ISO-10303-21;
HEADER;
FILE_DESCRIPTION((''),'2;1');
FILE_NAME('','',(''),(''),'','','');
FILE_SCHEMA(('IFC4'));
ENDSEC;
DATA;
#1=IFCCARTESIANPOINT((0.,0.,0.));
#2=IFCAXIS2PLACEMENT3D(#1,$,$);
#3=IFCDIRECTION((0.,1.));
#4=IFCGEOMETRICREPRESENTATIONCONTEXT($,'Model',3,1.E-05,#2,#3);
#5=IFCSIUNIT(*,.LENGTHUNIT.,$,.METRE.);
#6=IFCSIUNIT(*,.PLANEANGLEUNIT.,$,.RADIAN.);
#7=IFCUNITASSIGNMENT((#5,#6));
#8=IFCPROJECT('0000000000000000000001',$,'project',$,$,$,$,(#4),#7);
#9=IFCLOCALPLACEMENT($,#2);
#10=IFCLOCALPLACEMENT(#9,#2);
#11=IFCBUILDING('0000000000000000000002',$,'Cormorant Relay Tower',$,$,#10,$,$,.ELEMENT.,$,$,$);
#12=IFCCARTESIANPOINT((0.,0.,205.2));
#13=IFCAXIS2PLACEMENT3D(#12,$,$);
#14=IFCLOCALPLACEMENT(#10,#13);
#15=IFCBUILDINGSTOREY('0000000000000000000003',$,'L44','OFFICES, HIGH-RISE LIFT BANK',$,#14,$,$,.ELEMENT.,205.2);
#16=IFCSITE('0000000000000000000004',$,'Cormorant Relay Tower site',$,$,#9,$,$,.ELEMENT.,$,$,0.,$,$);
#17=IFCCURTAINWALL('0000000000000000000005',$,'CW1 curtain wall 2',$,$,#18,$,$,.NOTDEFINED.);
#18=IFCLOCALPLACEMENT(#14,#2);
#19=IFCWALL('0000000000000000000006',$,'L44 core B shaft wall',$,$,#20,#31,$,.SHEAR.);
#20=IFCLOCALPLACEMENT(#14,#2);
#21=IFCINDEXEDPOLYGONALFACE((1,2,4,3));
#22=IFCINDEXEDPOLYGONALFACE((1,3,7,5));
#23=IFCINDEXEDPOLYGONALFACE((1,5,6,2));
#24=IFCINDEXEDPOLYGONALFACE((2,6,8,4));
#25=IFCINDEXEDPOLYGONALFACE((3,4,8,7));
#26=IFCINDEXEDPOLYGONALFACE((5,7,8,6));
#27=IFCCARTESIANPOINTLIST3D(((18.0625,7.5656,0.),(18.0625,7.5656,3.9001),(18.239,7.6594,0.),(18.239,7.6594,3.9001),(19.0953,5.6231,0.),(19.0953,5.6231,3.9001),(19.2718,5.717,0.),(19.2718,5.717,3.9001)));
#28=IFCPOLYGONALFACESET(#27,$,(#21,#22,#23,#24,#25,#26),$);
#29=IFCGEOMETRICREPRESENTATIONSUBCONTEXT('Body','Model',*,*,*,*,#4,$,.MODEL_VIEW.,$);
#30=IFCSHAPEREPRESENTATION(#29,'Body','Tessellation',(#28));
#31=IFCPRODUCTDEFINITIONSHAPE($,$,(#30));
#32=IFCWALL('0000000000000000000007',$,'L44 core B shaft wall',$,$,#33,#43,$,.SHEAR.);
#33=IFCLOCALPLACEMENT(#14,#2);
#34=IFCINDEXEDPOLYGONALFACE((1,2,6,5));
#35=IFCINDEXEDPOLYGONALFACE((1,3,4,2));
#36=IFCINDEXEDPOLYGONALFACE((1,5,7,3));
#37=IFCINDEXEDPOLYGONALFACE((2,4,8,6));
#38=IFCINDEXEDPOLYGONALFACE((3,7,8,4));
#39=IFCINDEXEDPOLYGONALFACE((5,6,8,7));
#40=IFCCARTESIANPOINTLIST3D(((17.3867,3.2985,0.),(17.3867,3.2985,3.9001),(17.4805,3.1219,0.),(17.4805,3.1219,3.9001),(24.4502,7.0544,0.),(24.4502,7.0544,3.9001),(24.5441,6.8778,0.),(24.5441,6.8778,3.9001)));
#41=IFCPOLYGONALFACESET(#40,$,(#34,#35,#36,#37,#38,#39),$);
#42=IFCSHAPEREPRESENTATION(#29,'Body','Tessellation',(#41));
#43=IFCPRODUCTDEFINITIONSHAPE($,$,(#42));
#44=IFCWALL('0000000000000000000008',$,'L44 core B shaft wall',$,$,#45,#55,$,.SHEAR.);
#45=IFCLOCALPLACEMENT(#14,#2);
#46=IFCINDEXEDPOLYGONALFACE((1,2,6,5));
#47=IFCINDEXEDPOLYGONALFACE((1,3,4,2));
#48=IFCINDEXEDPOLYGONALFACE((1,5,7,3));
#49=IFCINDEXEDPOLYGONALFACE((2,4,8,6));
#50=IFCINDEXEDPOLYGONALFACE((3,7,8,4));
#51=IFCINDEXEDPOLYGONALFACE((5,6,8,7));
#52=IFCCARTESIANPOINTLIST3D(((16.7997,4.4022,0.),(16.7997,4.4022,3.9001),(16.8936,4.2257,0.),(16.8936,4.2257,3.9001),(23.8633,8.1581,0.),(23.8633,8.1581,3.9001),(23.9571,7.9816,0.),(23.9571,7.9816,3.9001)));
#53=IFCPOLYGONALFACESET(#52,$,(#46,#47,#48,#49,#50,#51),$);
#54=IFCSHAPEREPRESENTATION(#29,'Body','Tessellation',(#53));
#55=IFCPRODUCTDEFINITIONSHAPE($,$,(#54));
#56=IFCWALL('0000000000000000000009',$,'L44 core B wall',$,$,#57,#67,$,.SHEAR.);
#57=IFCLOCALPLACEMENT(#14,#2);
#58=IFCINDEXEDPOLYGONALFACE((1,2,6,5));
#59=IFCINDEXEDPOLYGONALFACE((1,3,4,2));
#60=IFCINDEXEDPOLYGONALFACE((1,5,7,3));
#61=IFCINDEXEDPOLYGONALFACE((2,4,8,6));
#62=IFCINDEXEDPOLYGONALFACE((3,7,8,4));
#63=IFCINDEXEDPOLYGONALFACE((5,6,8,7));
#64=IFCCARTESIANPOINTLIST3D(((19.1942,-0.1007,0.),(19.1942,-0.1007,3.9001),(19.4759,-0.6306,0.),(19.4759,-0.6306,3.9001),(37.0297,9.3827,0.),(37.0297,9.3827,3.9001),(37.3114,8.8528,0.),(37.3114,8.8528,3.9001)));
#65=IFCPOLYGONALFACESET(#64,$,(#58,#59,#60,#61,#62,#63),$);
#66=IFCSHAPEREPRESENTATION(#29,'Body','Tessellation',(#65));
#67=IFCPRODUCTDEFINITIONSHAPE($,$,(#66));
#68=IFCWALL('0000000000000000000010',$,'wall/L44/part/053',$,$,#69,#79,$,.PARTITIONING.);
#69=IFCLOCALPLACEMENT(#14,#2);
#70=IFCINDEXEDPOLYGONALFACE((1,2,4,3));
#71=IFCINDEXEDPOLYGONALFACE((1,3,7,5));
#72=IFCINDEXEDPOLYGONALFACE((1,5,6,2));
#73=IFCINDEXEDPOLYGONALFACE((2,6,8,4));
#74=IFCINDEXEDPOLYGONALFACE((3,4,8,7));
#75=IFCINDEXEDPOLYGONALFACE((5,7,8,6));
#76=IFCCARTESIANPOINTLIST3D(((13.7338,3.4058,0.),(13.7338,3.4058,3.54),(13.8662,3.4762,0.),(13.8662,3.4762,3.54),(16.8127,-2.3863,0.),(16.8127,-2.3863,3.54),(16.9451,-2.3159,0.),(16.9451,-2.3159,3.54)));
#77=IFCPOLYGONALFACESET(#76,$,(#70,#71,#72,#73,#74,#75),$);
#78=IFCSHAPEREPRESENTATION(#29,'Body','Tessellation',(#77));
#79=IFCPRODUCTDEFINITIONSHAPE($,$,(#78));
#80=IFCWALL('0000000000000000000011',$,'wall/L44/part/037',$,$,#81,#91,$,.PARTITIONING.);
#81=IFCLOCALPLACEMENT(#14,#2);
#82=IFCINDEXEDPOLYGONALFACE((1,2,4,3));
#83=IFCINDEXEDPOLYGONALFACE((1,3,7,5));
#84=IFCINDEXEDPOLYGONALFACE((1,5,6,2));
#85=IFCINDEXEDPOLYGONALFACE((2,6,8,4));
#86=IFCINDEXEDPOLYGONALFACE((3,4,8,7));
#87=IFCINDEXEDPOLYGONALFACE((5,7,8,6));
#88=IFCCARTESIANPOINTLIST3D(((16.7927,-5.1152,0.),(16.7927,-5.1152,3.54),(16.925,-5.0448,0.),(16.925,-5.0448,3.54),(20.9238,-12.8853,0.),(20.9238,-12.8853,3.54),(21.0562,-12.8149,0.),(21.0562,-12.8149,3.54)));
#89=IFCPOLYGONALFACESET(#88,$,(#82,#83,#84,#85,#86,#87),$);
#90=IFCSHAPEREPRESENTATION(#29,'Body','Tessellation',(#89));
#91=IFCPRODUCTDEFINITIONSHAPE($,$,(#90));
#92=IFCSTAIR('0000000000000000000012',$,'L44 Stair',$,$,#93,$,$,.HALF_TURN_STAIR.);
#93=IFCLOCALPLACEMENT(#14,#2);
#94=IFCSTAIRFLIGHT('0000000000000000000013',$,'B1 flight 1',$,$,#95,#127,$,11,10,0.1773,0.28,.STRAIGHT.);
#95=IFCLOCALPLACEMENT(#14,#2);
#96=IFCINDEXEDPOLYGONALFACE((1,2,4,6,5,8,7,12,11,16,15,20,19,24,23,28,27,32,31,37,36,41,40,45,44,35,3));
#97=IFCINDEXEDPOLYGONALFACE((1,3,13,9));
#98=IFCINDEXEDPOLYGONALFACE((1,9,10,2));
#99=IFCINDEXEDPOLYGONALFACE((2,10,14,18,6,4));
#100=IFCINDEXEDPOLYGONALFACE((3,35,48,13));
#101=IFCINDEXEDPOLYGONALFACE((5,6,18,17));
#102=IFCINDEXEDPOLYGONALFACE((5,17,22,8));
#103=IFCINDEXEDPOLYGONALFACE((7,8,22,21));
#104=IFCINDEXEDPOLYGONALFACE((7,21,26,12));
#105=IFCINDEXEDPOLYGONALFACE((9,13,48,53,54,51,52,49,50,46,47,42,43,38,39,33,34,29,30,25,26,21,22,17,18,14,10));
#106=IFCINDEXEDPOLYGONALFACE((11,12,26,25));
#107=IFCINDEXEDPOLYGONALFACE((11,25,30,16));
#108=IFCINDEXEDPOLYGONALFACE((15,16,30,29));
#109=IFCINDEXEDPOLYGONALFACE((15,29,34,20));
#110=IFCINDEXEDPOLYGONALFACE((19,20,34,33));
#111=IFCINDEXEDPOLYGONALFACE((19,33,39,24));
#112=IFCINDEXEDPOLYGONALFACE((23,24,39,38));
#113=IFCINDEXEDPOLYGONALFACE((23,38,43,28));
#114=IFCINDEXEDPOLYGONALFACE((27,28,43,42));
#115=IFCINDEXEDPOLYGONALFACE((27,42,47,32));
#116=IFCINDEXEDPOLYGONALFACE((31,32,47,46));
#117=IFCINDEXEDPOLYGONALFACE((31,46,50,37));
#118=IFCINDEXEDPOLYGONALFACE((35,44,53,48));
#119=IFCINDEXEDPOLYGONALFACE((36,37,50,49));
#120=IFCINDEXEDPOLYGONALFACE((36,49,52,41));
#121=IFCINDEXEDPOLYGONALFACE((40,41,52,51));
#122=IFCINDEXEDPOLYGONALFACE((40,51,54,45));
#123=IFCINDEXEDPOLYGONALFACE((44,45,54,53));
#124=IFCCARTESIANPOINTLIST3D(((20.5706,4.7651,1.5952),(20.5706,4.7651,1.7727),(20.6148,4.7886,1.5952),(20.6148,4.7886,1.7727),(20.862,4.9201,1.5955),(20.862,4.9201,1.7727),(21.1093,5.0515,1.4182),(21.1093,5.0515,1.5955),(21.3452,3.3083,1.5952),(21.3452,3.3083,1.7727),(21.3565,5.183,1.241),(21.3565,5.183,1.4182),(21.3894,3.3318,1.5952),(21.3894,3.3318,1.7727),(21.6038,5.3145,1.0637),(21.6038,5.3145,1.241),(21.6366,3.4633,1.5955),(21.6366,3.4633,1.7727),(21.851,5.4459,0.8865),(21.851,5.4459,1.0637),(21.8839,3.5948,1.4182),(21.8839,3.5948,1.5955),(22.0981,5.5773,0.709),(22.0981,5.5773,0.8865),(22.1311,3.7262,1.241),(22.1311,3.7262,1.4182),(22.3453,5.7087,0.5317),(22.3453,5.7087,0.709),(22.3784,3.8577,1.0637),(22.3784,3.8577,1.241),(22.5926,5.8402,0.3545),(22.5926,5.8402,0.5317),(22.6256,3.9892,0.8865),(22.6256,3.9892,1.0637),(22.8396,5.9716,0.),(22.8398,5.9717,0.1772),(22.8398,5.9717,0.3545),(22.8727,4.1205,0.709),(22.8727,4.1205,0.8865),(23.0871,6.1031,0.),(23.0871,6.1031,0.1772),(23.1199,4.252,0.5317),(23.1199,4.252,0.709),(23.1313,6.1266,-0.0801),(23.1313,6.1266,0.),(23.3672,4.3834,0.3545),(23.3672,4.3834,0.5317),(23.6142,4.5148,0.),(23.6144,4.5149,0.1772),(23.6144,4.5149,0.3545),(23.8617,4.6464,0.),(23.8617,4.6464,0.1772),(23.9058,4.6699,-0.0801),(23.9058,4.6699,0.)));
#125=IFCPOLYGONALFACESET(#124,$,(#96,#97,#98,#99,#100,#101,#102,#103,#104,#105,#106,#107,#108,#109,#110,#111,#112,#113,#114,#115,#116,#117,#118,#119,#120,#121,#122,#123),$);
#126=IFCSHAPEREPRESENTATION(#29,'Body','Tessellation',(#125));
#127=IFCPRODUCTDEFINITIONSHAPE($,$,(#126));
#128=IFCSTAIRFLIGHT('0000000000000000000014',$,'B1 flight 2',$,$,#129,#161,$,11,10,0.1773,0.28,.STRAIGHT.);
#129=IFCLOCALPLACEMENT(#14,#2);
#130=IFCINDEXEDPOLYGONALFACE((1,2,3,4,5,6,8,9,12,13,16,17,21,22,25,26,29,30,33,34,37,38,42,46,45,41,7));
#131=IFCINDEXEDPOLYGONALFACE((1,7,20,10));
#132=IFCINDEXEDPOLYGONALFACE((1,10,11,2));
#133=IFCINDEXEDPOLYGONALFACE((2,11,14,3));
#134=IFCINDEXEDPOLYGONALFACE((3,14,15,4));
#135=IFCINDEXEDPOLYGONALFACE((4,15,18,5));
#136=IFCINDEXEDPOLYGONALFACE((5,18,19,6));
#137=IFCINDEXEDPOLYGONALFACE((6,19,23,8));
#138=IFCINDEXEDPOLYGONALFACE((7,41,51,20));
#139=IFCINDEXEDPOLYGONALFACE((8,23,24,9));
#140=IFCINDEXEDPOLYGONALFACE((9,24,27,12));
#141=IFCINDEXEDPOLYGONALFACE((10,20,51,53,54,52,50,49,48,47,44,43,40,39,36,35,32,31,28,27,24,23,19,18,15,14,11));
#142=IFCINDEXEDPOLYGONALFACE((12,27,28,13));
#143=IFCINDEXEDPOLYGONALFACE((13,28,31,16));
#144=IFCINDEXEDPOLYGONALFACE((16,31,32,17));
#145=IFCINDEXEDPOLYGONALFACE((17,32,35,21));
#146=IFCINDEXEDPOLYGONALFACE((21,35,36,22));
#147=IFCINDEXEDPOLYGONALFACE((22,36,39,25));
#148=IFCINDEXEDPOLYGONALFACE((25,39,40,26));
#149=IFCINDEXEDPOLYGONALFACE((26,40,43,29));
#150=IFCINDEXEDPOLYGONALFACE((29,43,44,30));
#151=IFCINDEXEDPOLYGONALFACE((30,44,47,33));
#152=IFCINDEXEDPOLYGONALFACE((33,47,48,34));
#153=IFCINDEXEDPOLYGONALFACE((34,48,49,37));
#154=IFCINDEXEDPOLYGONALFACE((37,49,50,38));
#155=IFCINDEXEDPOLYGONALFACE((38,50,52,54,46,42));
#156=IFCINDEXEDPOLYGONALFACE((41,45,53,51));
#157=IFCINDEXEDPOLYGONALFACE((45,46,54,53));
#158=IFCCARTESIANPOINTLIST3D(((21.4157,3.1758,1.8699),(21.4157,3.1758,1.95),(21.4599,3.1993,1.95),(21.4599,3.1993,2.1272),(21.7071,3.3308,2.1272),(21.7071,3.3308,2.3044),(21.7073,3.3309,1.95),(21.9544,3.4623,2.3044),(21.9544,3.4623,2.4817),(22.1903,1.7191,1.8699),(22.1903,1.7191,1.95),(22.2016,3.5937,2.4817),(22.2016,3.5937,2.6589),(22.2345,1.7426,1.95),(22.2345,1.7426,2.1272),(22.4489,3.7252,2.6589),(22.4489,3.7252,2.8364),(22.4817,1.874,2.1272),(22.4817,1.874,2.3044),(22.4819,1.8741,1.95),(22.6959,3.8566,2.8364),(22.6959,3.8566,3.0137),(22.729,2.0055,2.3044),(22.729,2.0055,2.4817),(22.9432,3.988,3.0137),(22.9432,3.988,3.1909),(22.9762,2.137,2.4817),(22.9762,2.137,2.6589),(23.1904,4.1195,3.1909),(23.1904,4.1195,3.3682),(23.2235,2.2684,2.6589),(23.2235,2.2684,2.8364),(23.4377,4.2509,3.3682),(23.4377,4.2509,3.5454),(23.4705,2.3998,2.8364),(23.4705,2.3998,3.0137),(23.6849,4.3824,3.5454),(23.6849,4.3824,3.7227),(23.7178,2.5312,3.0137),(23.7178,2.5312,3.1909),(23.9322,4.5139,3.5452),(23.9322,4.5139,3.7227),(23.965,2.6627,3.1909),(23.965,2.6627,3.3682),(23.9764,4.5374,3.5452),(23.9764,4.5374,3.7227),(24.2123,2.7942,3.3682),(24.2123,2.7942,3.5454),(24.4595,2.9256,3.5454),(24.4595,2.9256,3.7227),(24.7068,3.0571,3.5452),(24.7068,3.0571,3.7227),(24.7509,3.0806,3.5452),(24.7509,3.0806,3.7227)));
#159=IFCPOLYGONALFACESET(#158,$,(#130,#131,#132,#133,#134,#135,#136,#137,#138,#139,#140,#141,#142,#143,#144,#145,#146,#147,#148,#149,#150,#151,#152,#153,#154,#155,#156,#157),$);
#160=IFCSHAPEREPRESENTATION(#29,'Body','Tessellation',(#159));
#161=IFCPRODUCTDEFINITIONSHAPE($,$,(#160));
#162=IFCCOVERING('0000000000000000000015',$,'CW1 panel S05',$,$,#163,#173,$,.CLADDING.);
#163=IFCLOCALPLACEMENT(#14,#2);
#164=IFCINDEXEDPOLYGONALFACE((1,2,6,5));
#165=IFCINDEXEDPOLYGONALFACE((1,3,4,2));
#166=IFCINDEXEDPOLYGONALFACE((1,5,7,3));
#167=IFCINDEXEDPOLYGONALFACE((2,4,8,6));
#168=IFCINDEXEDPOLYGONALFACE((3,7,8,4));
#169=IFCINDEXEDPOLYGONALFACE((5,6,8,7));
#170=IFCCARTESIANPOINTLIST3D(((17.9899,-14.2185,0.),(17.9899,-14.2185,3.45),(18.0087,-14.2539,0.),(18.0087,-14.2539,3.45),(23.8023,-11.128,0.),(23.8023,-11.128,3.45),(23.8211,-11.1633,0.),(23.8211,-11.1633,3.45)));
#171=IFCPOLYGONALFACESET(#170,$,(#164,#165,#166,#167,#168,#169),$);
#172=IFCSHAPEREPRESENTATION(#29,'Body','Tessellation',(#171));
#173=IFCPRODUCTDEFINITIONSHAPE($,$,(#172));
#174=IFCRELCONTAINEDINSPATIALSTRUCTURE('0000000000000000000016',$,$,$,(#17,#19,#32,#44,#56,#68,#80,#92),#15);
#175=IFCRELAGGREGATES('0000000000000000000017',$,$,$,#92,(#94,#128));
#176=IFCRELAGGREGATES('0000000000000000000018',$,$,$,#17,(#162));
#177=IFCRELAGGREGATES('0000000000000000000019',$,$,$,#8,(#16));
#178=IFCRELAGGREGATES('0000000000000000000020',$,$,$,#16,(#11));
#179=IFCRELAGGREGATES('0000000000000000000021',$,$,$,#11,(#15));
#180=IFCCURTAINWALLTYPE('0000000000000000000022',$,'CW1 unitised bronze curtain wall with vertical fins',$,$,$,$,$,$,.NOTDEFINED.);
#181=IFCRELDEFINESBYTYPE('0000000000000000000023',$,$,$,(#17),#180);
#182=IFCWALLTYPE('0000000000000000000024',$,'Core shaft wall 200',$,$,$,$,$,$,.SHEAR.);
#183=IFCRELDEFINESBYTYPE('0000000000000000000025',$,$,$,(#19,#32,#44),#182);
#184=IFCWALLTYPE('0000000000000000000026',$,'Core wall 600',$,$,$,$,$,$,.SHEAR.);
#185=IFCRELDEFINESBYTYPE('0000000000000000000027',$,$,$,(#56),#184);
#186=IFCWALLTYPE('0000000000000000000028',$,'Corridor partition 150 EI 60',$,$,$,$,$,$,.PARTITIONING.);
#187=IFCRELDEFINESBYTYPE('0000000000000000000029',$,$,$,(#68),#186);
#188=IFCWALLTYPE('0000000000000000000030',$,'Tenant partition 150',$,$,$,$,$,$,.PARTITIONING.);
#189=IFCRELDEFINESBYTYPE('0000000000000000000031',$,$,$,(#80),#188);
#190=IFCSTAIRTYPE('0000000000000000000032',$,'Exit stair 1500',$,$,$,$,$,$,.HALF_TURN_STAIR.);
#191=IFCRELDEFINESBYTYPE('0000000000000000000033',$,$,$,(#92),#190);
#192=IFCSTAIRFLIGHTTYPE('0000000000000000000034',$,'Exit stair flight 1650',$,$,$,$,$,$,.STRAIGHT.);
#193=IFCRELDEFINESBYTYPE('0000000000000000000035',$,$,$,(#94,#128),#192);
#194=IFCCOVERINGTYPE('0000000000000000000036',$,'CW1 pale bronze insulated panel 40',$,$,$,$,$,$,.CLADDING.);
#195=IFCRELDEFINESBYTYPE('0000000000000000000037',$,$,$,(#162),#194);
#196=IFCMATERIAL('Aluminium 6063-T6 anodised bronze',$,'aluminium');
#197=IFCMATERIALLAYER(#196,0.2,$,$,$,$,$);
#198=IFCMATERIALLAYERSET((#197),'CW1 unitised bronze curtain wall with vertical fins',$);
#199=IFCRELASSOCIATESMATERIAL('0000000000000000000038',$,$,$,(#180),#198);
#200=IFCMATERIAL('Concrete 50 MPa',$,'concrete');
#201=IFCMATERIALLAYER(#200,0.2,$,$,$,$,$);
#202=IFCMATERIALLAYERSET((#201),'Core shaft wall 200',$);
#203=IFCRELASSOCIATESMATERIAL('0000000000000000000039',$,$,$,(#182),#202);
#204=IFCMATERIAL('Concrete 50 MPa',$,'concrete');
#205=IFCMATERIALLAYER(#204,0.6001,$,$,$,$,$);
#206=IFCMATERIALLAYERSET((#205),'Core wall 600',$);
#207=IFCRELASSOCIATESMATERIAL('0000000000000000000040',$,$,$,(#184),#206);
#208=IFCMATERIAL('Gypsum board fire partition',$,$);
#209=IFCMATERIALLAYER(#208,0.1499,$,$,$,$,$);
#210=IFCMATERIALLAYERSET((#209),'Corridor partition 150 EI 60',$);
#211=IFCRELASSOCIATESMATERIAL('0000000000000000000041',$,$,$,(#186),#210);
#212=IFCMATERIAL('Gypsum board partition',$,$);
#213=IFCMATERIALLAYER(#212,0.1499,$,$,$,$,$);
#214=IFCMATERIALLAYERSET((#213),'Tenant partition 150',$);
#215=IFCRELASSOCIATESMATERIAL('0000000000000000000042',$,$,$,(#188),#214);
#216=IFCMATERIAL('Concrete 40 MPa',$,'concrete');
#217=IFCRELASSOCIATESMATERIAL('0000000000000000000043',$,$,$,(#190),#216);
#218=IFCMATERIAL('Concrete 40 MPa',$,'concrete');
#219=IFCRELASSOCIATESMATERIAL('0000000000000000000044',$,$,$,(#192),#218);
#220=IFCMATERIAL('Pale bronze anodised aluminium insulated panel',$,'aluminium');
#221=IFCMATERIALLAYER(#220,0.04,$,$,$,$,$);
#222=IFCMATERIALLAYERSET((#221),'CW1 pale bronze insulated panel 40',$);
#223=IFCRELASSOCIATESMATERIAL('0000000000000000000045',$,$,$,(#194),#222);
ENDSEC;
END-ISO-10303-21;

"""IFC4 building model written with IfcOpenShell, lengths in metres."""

from ifc_helpers import new_model, si_unit, direction, frame, frame_2d, origin, origin_2d, place, context, subcontext, project, spatial, polyline, rectangle, outline, extrude, material, layer, layer_set, type_object, element, aggregate, save


model = new_model("IFC4")

# Units and contexts
model_context = context("Model", 3, precision=1e-05, world=origin(), true_north=direction((0.0, 1.0)))
body_context = subcontext(model_context, "Body", "Model", "MODEL_VIEW")
ifc_project = project(units=[si_unit("LENGTHUNIT", "METRE"), si_unit("PLANEANGLEUNIT", "RADIAN")], contexts=[model_context])

# Site, building, storey
site_placement = place(None, origin())
site = spatial("IfcSite", under=ifc_project, at=site_placement, Name="Cormorant Relay Tower site", CompositionType="ELEMENT", RefElevation=0.0)
building_placement = place(site_placement, origin())
building = spatial("IfcBuilding", under=site, at=building_placement, Name="Cormorant Relay Tower", CompositionType="ELEMENT")
storey_placement = place(building_placement, frame((0.0, 0.0, 205.2)))
storey = spatial("IfcBuildingStorey", under=building, at=storey_placement, Name="L44", Description="OFFICES, HIGH-RISE LIFT BANK", CompositionType="ELEMENT", Elevation=205.2)

# Curtain wall
ifc_material_1 = material(Name="Aluminium 6063-T6 anodised bronze", Category="aluminium")
ifc_layer_1 = layer(ifc_material_1, 0.2)
ifc_layer_set_1 = layer_set([ifc_layer_1], Name="CW1 unitised bronze curtain wall with vertical fins")
curtain_wall_type = type_object("IfcCurtainWallType", Name="CW1 unitised bronze curtain wall with vertical fins", PredefinedType="NOTDEFINED", material=ifc_layer_set_1)
curtain_wall_placement = place(storey_placement, origin())
curtain_wall = element("IfcCurtainWall", 1, at=curtain_wall_placement, inside=storey, type_object=curtain_wall_type, Name="CW1 curtain wall 2", PredefinedType="NOTDEFINED")

# Walls
ifc_material_2 = material(Name="Concrete 50 MPa", Category="concrete")
ifc_layer_2 = layer(ifc_material_2, 0.2)
ifc_layer_set_2 = layer_set([ifc_layer_2], Name="Core shaft wall 200")
wall_type_1 = type_object("IfcWallType", Name="Core shaft wall 200", PredefinedType="SHEAR", material=ifc_layer_set_2)
wall_1_placement = place(storey_placement, frame((19.1836, 5.6699, 0.0), z_axis=(0.0, 0.0, 1.0), x_axis=(-0.469447, 0.88296, 0.0)))
element("IfcWall", 2, at=wall_1_placement, inside=storey, type_object=wall_type_1, Name="L44 core B shaft wall", PredefinedType="SHEAR", context=body_context, shape_type="SweptSolid", body=[
    extrude(rectangle(XDim=2.2, YDim=0.2, at=frame_2d((1.1001, 0.0))), origin(), (0.0, 0.0, 1.0), 3.9001),
])
for number, where, z_axis, x_axis, name in (
    (3, (17.4336, 3.2102, 0.0), (0.0, 0.0, 1.0), (0.88294, 0.469485, 0.0), "L44 core B shaft wall"),
    (4, (16.8467, 4.314, 0.0), (0.0, 0.0, 1.0), (0.88294, 0.469485, 0.0), "L44 core B shaft wall"),
):
    element("IfcWall", number, at=place(storey_placement, frame(where, z_axis=z_axis, x_axis=x_axis)), inside=storey, type_object=wall_type_1, Name=name, PredefinedType="SHEAR", context=body_context, shape_type="SweptSolid", body=[
        extrude(rectangle(XDim=8.0, YDim=0.2, at=frame_2d((4.0, 0.0))), origin(), (0.0, 0.0, 1.0), 3.9001),
    ])

# Shared definitions
ifc_material_3 = material(Name="Concrete 50 MPa", Category="concrete")
ifc_layer_3 = layer(ifc_material_3, 0.6001)
ifc_layer_set_3 = layer_set([ifc_layer_3], Name="Core wall 600")
wall_type_2 = type_object("IfcWallType", Name="Core wall 600", PredefinedType="SHEAR", material=ifc_layer_set_3)

# Walls
wall_2_placement = place(storey_placement, frame((19.335, -0.3657, 0.0), z_axis=(0.0, 0.0, 1.0), x_axis=(0.882945, 0.469476, 0.0)))
element("IfcWall", 5, at=wall_2_placement, inside=storey, type_object=wall_type_2, Name="L44 core B wall", PredefinedType="SHEAR", context=body_context, shape_type="SweptSolid", body=[
    extrude(rectangle(XDim=20.2, YDim=0.6001, at=frame_2d((10.1001, 0.0))), origin(), (0.0, 0.0, 1.0), 3.9001),
])
ifc_material_4 = material(Name="Gypsum board fire partition")
ifc_layer_4 = layer(ifc_material_4, 0.1499)
ifc_layer_set_4 = layer_set([ifc_layer_4], Name="Corridor partition 150 EI 60")
wall_type_3 = type_object("IfcWallType", Name="Corridor partition 150 EI 60", PredefinedType="PARTITIONING", material=ifc_layer_set_4)
wall_3_placement = place(storey_placement, frame((16.8789, -2.3511, 0.0), z_axis=(0.0, 0.0, 1.0), x_axis=(-0.469377, 0.882998, 0.0)))
element("IfcWall", 6, at=wall_3_placement, inside=storey, type_object=wall_type_3, Name="wall/L44/part/053", PredefinedType="PARTITIONING", context=body_context, shape_type="SweptSolid", body=[
    extrude(rectangle(XDim=6.5596, YDim=0.1499, at=frame_2d((3.2798, 0.0))), origin(), (0.0, 0.0, 1.0), 3.54),
])
ifc_material_5 = material(Name="Gypsum board partition")
ifc_layer_5 = layer(ifc_material_5, 0.1499)
ifc_layer_set_5 = layer_set([ifc_layer_5], Name="Tenant partition 150")
wall_type_4 = type_object("IfcWallType", Name="Tenant partition 150", PredefinedType="PARTITIONING", material=ifc_layer_set_5)
wall_4_placement = place(storey_placement, frame((16.8589, -5.0801, 0.0), z_axis=(0.0, 0.0, 1.0), x_axis=(0.469446, -0.882961, 0.0)))
element("IfcWall", 7, at=wall_4_placement, inside=storey, type_object=wall_type_4, Name="wall/L44/part/037", PredefinedType="PARTITIONING", context=body_context, shape_type="SweptSolid", body=[
    extrude(rectangle(XDim=8.8, YDim=0.1499, at=frame_2d((4.3999, 0.0))), origin(), (0.0, 0.0, 1.0), 3.54),
])

# Stair, stair flights
ifc_material_6 = material(Name="Concrete 40 MPa", Category="concrete")
stair_type = type_object("IfcStairType", Name="Exit stair 1500", PredefinedType="HALF_TURN_STAIR", material=ifc_material_6)
stair_placement = place(storey_placement, origin())
stair = element("IfcStair", 8, at=stair_placement, inside=storey, type_object=stair_type, Name="L44 Stair", PredefinedType="HALF_TURN_STAIR")
ifc_material_7 = material(Name="Concrete 40 MPa", Category="concrete")
stair_flight_type = type_object("IfcStairFlightType", Name="Exit stair flight 1650", PredefinedType="STRAIGHT", material=ifc_material_7)
stair_flight_1_placement = place(storey_placement, frame((23.4744, 5.3748, 0.0), z_axis=(0.0, 0.0, 1.0), x_axis=(-0.882948, -0.469472, 0.0)))
stair_flight_1 = element("IfcStairFlight", 9, at=stair_flight_1_placement, type_object=stair_flight_type, Name="B1 flight 1", NumberOfRisers=11, NumberOfTreads=10, PredefinedType="STRAIGHT", RiserHeight=0.1773, TreadLength=0.28, context=body_context, shape_type="SweptSolid", body=[
    extrude(outline(polyline([(-0.05, -0.0801), (-0.05, 0.0), (0.0, 0.0), (0.0, 0.1772), (0.28, 0.1772), (0.28, 0.3545), (0.5601, 0.3545), (0.5601, 0.5317), (0.8401, 0.5317), (0.8401, 0.709), (1.1201, 0.709), (1.1201, 0.8865), (1.3999, 0.8865), (1.3999, 1.0637), (1.6799, 1.0637), (1.6799, 1.241), (1.96, 1.241), (1.96, 1.4182), (2.24, 1.4182), (2.24, 1.5955), (2.52, 1.5955), (2.52, 1.7727), (2.8, 1.7727), (2.8501, 1.7727), (2.8501, 1.5952), (2.8, 1.5952), (0.2803, 0.0), (-0.05, -0.0801)])), frame((0.0, 0.825, 0.0), z_axis=(0.0, -1.0, 0.0), x_axis=(1.0, 0.0, 0.0)), (0.0, 0.0, 1.0), 1.6499),
])
stair_flight_2_placement = place(storey_placement, frame((21.8472, 2.4709, 1.95), z_axis=(0.0, 0.0, 1.0), x_axis=(0.882948, 0.469472, 0.0)))
stair_flight_2 = element("IfcStairFlight", 10, at=stair_flight_2_placement, type_object=stair_flight_type, Name="B1 flight 2", NumberOfRisers=11, NumberOfTreads=10, PredefinedType="STRAIGHT", RiserHeight=0.1773, TreadLength=0.28, context=body_context, shape_type="SweptSolid", body=[
    extrude(outline(polyline([(-0.05, -0.0801), (-0.05, 0.0), (0.0, 0.0), (0.0, 0.1772), (0.28, 0.1772), (0.28, 0.3545), (0.5601, 0.3545), (0.5601, 0.5317), (0.8401, 0.5317), (0.8401, 0.709), (1.1201, 0.709), (1.1201, 0.8865), (1.3999, 0.8865), (1.3999, 1.0637), (1.6799, 1.0637), (1.6799, 1.241), (1.96, 1.241), (1.96, 1.4182), (2.24, 1.4182), (2.24, 1.5955), (2.52, 1.5955), (2.52, 1.7727), (2.8, 1.7727), (2.8501, 1.7727), (2.8501, 1.5952), (2.8, 1.5952), (0.2803, 0.0), (-0.05, -0.0801)])), frame((0.0, 0.825, 0.0), z_axis=(0.0, -1.0, 0.0), x_axis=(1.0, 0.0, 0.0)), (0.0, 0.0, 1.0), 1.6499),
])
aggregate(stair, [stair_flight_1, stair_flight_2])

# Covering
ifc_material_8 = material(Name="Pale bronze anodised aluminium insulated panel", Category="aluminium")
ifc_layer_6 = layer(ifc_material_8, 0.04)
ifc_layer_set_6 = layer_set([ifc_layer_6], Name="CW1 pale bronze insulated panel 40")
covering_type = type_object("IfcCoveringType", Name="CW1 pale bronze insulated panel 40", PredefinedType="CLADDING", material=ifc_layer_set_6)
covering_placement = place(storey_placement, frame((20.9055, -12.6909, 0.0), z_axis=(0.0, 0.0, 1.0), x_axis=(0.882948, 0.469472, 0.0)))
covering = element("IfcCovering", 11, at=covering_placement, type_object=covering_type, Name="CW1 panel S05", PredefinedType="CLADDING", context=body_context, shape_type="SweptSolid", body=[
    extrude(rectangle(XDim=6.583, YDim=0.04, at=origin_2d()), origin(), (0.0, 0.0, 1.0), 3.45),
])
aggregate(curtain_wall, [covering])

save(model, "model.ifc")
